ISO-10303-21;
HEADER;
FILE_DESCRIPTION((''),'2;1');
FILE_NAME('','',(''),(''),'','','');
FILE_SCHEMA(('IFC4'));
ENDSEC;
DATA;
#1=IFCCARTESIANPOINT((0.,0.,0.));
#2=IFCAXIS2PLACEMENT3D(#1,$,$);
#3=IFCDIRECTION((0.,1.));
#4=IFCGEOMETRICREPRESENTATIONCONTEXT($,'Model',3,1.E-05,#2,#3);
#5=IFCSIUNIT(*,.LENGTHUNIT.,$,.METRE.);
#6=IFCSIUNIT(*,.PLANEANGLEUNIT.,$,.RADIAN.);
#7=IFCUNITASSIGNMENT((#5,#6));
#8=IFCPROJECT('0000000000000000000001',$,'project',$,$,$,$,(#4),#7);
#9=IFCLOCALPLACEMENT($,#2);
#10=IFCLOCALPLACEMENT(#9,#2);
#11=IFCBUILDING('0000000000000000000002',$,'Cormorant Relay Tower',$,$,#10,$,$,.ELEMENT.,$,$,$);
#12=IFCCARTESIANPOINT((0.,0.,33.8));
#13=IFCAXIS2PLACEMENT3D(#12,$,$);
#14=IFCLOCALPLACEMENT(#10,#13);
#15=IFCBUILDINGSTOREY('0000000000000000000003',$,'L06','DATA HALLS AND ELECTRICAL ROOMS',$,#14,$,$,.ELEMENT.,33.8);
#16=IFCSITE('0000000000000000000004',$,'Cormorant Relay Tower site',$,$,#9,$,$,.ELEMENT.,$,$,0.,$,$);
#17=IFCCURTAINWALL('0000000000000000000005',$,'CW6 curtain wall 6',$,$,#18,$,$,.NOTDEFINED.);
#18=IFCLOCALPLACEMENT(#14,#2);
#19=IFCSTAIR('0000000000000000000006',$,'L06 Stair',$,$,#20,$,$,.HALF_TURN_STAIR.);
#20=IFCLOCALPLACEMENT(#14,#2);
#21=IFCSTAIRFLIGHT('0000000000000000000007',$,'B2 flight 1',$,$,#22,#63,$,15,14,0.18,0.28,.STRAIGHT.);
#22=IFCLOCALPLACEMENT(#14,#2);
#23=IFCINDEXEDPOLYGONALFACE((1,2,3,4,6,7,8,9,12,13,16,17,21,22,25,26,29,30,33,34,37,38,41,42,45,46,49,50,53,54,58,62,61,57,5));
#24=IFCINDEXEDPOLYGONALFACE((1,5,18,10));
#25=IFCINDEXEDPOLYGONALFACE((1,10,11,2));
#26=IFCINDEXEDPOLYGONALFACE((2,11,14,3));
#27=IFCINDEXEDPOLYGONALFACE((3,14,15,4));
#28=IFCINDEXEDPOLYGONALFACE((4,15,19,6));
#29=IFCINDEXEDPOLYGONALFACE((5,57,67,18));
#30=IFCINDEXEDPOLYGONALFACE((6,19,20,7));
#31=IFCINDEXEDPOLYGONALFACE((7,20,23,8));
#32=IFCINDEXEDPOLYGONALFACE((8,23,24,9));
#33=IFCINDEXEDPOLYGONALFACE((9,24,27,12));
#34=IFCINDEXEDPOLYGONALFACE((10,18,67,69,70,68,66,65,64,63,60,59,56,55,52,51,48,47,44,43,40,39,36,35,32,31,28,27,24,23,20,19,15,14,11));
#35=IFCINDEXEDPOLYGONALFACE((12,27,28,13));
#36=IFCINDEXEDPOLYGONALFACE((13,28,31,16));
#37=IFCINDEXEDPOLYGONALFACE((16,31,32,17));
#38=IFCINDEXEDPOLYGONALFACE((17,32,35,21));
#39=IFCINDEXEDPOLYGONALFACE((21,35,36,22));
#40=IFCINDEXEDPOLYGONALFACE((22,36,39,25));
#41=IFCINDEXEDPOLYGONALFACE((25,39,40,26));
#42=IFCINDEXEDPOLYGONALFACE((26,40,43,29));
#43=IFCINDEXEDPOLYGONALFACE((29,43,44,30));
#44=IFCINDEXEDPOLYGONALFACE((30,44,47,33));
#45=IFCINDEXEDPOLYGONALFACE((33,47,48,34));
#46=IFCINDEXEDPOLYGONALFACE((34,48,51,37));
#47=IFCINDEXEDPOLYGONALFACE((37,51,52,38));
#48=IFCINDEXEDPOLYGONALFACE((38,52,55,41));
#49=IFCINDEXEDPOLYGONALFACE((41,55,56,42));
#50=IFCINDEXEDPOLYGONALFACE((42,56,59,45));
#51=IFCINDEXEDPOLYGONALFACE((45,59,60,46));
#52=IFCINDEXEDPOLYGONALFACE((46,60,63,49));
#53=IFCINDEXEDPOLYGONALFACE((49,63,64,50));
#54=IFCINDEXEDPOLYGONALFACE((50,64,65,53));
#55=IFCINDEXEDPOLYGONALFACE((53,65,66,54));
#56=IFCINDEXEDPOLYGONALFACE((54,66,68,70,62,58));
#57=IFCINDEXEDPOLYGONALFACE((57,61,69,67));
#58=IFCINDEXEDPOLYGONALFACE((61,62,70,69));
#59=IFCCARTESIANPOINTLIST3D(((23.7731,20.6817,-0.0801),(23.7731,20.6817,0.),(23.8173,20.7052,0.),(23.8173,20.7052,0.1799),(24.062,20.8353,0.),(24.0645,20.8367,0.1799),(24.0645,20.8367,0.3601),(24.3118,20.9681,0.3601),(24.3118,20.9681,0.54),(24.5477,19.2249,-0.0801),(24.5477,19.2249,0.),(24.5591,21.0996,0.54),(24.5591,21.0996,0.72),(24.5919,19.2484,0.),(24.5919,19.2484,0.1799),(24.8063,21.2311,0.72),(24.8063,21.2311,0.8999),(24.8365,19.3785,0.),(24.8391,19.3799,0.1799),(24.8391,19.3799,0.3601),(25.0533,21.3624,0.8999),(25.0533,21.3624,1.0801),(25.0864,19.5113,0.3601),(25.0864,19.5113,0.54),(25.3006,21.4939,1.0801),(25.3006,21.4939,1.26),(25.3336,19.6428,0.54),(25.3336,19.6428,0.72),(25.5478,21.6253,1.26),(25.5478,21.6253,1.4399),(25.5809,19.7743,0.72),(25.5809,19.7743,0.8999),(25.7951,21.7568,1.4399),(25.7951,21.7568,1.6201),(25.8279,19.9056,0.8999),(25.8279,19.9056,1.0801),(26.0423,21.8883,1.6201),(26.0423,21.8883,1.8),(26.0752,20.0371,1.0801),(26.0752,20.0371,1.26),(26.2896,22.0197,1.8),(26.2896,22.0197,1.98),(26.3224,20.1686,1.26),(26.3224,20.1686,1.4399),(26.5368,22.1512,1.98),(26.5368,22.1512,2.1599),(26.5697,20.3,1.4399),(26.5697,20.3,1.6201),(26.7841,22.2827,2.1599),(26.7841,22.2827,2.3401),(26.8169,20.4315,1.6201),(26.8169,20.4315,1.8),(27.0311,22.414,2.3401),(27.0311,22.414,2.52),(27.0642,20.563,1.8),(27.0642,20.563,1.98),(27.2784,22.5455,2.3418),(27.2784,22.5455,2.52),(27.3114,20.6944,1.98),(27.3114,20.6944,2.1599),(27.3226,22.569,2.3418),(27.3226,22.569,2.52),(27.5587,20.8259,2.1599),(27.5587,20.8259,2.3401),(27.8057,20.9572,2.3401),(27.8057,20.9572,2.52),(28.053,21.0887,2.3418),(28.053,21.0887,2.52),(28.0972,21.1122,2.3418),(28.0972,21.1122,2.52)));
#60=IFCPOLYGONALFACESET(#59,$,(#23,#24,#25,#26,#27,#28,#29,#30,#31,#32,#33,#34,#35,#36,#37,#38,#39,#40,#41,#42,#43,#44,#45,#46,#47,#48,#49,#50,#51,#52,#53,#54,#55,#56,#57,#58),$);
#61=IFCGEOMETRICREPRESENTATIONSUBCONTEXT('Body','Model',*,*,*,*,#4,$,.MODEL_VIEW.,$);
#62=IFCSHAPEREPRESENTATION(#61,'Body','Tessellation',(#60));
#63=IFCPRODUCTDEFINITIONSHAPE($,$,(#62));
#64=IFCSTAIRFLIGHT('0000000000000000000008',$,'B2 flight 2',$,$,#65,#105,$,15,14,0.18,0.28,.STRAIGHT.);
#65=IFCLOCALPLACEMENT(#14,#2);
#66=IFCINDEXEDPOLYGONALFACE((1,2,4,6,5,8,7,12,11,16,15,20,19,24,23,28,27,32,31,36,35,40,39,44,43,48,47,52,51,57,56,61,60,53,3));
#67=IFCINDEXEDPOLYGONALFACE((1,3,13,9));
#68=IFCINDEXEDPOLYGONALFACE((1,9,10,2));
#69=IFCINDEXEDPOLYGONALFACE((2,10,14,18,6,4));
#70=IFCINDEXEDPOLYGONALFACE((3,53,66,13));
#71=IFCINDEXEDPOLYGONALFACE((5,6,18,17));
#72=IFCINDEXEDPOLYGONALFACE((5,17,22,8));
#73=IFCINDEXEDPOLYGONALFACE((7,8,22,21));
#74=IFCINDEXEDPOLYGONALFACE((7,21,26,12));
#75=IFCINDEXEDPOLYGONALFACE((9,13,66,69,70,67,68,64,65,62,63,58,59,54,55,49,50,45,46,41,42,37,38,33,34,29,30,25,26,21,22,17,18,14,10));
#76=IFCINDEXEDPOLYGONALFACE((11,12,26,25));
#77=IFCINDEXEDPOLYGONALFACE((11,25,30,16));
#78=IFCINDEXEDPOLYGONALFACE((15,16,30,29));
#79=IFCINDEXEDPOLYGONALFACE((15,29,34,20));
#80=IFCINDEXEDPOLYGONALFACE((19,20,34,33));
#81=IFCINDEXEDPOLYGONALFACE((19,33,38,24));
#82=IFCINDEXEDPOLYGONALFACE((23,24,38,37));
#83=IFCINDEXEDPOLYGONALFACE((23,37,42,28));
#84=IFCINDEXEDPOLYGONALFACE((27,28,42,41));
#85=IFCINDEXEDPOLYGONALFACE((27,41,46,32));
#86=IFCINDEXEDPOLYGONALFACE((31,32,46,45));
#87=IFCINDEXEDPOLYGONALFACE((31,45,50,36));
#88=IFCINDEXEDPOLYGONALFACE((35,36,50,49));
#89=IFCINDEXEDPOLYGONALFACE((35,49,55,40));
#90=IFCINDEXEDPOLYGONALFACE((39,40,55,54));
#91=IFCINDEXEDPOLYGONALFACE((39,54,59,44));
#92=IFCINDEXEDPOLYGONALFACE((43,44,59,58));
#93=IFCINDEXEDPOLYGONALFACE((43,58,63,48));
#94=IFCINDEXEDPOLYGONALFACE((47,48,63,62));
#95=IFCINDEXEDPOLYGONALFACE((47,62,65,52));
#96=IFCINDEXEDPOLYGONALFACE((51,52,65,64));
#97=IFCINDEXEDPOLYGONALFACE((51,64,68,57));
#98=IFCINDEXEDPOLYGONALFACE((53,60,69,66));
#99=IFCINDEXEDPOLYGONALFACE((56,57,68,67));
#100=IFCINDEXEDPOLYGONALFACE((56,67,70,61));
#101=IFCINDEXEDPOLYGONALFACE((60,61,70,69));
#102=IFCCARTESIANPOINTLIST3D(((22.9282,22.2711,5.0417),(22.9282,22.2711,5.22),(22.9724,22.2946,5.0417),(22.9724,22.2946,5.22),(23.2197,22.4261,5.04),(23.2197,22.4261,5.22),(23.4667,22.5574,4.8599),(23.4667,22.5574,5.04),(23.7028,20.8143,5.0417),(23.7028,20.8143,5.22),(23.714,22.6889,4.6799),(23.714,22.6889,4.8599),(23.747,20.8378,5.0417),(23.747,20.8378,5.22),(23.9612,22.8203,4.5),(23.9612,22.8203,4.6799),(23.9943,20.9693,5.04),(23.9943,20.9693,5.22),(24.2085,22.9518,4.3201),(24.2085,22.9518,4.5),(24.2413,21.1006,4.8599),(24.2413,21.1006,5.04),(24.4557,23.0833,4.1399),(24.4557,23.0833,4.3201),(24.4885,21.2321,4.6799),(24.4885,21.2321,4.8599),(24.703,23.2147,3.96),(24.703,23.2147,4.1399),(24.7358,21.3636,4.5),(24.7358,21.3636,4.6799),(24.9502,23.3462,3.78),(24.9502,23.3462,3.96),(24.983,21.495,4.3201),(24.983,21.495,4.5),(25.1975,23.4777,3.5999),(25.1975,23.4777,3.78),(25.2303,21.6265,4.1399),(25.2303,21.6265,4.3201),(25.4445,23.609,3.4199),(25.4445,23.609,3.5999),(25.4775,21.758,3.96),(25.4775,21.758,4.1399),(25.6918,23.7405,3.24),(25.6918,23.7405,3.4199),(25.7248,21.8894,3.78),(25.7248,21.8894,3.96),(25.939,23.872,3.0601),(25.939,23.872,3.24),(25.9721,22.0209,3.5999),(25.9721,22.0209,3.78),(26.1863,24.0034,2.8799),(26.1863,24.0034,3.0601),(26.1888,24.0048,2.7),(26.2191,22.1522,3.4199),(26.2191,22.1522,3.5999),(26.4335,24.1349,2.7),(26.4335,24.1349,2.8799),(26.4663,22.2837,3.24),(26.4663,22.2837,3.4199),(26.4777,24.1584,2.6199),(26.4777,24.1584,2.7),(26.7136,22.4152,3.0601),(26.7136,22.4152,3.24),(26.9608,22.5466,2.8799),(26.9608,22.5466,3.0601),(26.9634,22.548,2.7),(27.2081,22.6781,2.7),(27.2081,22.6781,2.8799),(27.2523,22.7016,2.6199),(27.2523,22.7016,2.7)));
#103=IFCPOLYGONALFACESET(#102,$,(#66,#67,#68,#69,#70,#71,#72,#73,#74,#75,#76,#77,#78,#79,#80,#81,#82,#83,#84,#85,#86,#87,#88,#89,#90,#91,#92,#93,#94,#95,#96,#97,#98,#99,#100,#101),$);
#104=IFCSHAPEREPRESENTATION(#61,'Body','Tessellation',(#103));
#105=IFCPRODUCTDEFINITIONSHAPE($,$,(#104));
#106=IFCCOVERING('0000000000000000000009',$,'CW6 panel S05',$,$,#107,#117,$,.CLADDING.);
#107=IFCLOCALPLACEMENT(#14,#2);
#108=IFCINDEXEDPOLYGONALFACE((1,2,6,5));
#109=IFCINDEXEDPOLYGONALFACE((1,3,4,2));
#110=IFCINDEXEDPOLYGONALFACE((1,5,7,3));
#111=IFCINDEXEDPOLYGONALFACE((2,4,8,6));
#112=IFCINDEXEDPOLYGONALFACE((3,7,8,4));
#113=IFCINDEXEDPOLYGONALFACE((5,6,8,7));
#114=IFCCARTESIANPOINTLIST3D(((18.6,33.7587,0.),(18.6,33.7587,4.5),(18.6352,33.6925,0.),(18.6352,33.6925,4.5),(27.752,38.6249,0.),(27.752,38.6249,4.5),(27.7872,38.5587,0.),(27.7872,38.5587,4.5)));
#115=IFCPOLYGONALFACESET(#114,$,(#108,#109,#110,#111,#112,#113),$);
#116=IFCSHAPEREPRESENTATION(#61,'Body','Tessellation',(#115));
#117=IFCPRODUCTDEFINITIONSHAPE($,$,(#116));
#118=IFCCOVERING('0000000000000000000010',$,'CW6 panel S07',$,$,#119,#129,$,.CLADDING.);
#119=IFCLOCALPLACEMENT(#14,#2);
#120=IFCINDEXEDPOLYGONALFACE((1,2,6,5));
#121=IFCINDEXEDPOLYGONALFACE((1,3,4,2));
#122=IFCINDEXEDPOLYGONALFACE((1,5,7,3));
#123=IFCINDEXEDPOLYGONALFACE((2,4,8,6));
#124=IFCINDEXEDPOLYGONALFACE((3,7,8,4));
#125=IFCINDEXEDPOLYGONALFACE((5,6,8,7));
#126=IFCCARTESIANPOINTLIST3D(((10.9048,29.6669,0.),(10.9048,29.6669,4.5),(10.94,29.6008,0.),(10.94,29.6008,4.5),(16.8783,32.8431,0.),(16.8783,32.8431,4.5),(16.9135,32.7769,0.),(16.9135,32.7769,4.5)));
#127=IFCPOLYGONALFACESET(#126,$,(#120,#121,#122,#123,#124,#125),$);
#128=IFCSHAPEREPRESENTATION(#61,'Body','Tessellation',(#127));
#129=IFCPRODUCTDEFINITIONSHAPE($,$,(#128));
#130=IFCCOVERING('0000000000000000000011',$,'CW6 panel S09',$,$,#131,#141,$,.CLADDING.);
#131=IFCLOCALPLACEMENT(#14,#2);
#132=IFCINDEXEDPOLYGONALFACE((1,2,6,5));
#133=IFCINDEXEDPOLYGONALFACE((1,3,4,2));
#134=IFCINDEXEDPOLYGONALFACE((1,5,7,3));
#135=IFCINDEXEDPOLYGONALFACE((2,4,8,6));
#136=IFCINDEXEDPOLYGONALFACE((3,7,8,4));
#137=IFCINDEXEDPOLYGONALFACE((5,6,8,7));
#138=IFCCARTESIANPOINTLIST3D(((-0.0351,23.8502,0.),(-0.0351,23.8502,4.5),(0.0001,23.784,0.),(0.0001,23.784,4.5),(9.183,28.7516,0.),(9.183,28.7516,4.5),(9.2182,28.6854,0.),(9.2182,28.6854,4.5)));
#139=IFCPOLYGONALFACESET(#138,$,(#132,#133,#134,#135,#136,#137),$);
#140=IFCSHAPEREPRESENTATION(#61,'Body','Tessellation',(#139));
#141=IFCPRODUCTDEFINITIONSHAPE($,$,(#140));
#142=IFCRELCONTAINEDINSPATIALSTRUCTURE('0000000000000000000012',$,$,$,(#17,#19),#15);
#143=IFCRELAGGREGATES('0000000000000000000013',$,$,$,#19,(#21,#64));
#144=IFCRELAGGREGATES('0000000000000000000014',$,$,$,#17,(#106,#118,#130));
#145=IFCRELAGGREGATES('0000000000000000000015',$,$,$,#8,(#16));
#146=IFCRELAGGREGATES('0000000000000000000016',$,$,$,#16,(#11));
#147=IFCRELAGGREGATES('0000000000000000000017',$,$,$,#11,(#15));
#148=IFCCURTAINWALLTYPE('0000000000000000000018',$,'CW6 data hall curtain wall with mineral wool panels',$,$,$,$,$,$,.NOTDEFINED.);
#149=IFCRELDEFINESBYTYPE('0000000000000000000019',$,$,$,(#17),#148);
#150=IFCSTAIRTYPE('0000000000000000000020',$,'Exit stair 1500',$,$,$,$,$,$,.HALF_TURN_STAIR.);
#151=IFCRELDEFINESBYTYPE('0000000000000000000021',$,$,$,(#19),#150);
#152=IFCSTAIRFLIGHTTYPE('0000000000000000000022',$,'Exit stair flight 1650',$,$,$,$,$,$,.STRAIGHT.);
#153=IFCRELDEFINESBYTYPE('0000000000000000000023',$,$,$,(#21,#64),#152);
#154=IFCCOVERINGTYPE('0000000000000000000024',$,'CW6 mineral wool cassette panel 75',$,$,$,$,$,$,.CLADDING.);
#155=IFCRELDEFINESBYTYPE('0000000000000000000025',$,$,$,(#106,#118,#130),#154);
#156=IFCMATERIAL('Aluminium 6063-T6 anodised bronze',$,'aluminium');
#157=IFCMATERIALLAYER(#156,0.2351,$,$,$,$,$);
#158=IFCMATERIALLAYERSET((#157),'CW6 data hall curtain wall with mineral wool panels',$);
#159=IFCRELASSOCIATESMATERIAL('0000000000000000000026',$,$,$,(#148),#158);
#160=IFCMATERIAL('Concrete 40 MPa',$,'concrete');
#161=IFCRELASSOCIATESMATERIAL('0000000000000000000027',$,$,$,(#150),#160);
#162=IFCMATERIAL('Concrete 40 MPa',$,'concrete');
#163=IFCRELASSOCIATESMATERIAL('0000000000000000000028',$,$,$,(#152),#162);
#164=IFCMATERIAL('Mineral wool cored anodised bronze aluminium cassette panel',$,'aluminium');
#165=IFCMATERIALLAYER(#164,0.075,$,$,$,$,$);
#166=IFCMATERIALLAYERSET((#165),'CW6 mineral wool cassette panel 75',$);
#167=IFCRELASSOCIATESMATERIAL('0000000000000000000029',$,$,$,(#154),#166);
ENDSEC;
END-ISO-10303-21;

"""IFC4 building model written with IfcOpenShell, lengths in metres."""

from ifc_helpers import new_model, si_unit, direction, frame, origin, origin_2d, place, context, subcontext, project, spatial, polyline, rectangle, outline, extrude, material, layer, layer_set, type_object, element, aggregate, save


model = new_model("IFC4")

# Units and contexts
model_context = context("Model", 3, precision=1e-05, world=origin(), true_north=direction((0.0, 1.0)))
body_context = subcontext(model_context, "Body", "Model", "MODEL_VIEW")
ifc_project = project(units=[si_unit("LENGTHUNIT", "METRE"), si_unit("PLANEANGLEUNIT", "RADIAN")], contexts=[model_context])

# Site, building, storey
site_placement = place(None, origin())
site = spatial("IfcSite", under=ifc_project, at=site_placement, Name="Cormorant Relay Tower site", CompositionType="ELEMENT", RefElevation=0.0)
building_placement = place(site_placement, origin())
building = spatial("IfcBuilding", under=site, at=building_placement, Name="Cormorant Relay Tower", CompositionType="ELEMENT")
storey_placement = place(building_placement, frame((0.0, 0.0, 33.8)))
storey = spatial("IfcBuildingStorey", under=building, at=storey_placement, Name="L06", Description="DATA HALLS AND ELECTRICAL ROOMS", CompositionType="ELEMENT", Elevation=33.8)

# Curtain wall
ifc_material_1 = material(Name="Aluminium 6063-T6 anodised bronze", Category="aluminium")
ifc_layer_1 = layer(ifc_material_1, 0.2351)
ifc_layer_set_1 = layer_set([ifc_layer_1], Name="CW6 data hall curtain wall with mineral wool panels")
curtain_wall_type = type_object("IfcCurtainWallType", Name="CW6 data hall curtain wall with mineral wool panels", PredefinedType="NOTDEFINED", material=ifc_layer_set_1)
curtain_wall_1_placement = place(storey_placement, origin())
curtain_wall_1 = element("IfcCurtainWall", 1, at=curtain_wall_1_placement, inside=storey, type_object=curtain_wall_type, Name="CW6 curtain wall 6", PredefinedType="NOTDEFINED")

# Stair, stair flights
ifc_material_2 = material(Name="Concrete 40 MPa", Category="concrete")
stair_type = type_object("IfcStairType", Name="Exit stair 1500", PredefinedType="HALF_TURN_STAIR", material=ifc_material_2)
stair_placement = place(storey_placement, origin())
stair = element("IfcStair", 2, at=stair_placement, inside=storey, type_object=stair_type, Name="L06 Stair", PredefinedType="HALF_TURN_STAIR")
ifc_material_3 = material(Name="Concrete 40 MPa", Category="concrete")
stair_flight_type = type_object("IfcStairFlightType", Name="Exit stair flight 1650", PredefinedType="STRAIGHT", material=ifc_material_3)
stair_flight_1_placement = place(storey_placement, frame((24.2046, 19.9768, 0.0), z_axis=(0.0, 0.0, 1.0), x_axis=(0.882948, 0.469472, 0.0)))
stair_flight_1 = element("IfcStairFlight", 3, at=stair_flight_1_placement, type_object=stair_flight_type, Name="B2 flight 1", NumberOfRisers=15, NumberOfTreads=14, PredefinedType="STRAIGHT", RiserHeight=0.18, TreadLength=0.28, context=body_context, shape_type="SweptSolid", body=[
    extrude(outline(polyline([(-0.05, -0.0801), (-0.05, 0.0), (0.0, 0.0), (0.0, 0.1799), (0.28, 0.1799), (0.28, 0.3601), (0.5601, 0.3601), (0.5601, 0.54), (0.8401, 0.54), (0.8401, 0.72), (1.1201, 0.72), (1.1201, 0.8999), (1.3999, 0.8999), (1.3999, 1.0801), (1.6799, 1.0801), (1.6799, 1.26), (1.96, 1.26), (1.96, 1.4399), (2.24, 1.4399), (2.24, 1.6201), (2.52, 1.6201), (2.52, 1.8), (2.8, 1.8), (2.8, 1.98), (3.0801, 1.98), (3.0801, 2.1599), (3.3601, 2.1599), (3.3601, 2.3401), (3.6399, 2.3401), (3.6399, 2.52), (3.9199, 2.52), (3.97, 2.52), (3.97, 2.3418), (3.9199, 2.3418), (0.2771, 0.0), (-0.05, -0.0801)])), frame((0.0, 0.825, 0.0), z_axis=(0.0, -1.0, 0.0), x_axis=(1.0, 0.0, 0.0)), (0.0, 0.0, 1.0), 1.6499),
])
stair_flight_2_placement = place(storey_placement, frame((26.8208, 23.4065, 2.7), z_axis=(0.0, 0.0, 1.0), x_axis=(-0.882948, -0.469472, 0.0)))
stair_flight_2 = element("IfcStairFlight", 4, at=stair_flight_2_placement, type_object=stair_flight_type, Name="B2 flight 2", NumberOfRisers=15, NumberOfTreads=14, PredefinedType="STRAIGHT", RiserHeight=0.18, TreadLength=0.28, context=body_context, shape_type="SweptSolid", body=[
    extrude(outline(polyline([(-0.05, -0.0801), (-0.05, 0.0), (0.0, 0.0), (0.0, 0.1799), (0.28, 0.1799), (0.28, 0.3601), (0.5601, 0.3601), (0.5601, 0.54), (0.8401, 0.54), (0.8401, 0.72), (1.1201, 0.72), (1.1201, 0.8999), (1.3999, 0.8999), (1.3999, 1.0801), (1.6799, 1.0801), (1.6799, 1.26), (1.96, 1.26), (1.96, 1.4399), (2.24, 1.4399), (2.24, 1.6201), (2.52, 1.6201), (2.52, 1.8), (2.8, 1.8), (2.8, 1.98), (3.0801, 1.98), (3.0801, 2.1599), (3.3601, 2.1599), (3.3601, 2.3401), (3.6399, 2.3401), (3.6399, 2.52), (3.9199, 2.52), (3.97, 2.52), (3.97, 2.3418), (3.9199, 2.3418), (0.2771, 0.0), (-0.05, -0.0801)])), frame((0.0, 0.825, 0.0), z_axis=(0.0, -1.0, 0.0), x_axis=(1.0, 0.0, 0.0)), (0.0, 0.0, 1.0), 1.6499),
])
aggregate(stair, [stair_flight_1, stair_flight_2])

# Coverings
ifc_material_4 = material(Name="Mineral wool cored anodised bronze aluminium cassette panel", Category="aluminium")
ifc_layer_2 = layer(ifc_material_4, 0.075)
ifc_layer_set_2 = layer_set([ifc_layer_2], Name="CW6 mineral wool cassette panel 75")
covering_type = type_object("IfcCoveringType", Name="CW6 mineral wool cassette panel 75", PredefinedType="CLADDING", material=ifc_layer_set_2)
covering_1_placement = place(storey_placement, frame((23.1936, 36.1587, 0.0), z_axis=(0.0, 0.0, 1.0), x_axis=(-0.882948, -0.469472, 0.0)))
covering_1 = element("IfcCovering", 5, at=covering_1_placement, type_object=covering_type, Name="CW6 panel S05", PredefinedType="CLADDING", context=body_context, shape_type="SweptSolid", body=[
    extrude(rectangle(XDim=10.3652, YDim=0.075, at=origin_2d()), origin(), (0.0, 0.0, 1.0), 4.5),
])
covering_2_placement = place(storey_placement, frame((13.9092, 31.2219, 0.0), z_axis=(0.0, 0.0, 1.0), x_axis=(-0.882948, -0.469472, 0.0)))
covering_2 = element("IfcCovering", 6, at=covering_2_placement, type_object=covering_type, Name="CW6 panel S07", PredefinedType="CLADDING", context=body_context, shape_type="SweptSolid", body=[
    extrude(rectangle(XDim=6.7654, YDim=0.075, at=origin_2d()), origin(), (0.0, 0.0, 1.0), 4.5),
])
covering_3_placement = place(storey_placement, frame((4.5916, 26.2678, 0.0), z_axis=(0.0, 0.0, 1.0), x_axis=(-0.882948, -0.469472, 0.0)))
covering_3 = element("IfcCovering", 7, at=covering_3_placement, type_object=covering_type, Name="CW6 panel S09", PredefinedType="CLADDING", context=body_context, shape_type="SweptSolid", body=[
    extrude(rectangle(XDim=10.4402, YDim=0.075, at=origin_2d()), origin(), (0.0, 0.0, 1.0), 4.5),
])
aggregate(curtain_wall_1, [covering_1, covering_2, covering_3])

save(model, "model.ifc")
